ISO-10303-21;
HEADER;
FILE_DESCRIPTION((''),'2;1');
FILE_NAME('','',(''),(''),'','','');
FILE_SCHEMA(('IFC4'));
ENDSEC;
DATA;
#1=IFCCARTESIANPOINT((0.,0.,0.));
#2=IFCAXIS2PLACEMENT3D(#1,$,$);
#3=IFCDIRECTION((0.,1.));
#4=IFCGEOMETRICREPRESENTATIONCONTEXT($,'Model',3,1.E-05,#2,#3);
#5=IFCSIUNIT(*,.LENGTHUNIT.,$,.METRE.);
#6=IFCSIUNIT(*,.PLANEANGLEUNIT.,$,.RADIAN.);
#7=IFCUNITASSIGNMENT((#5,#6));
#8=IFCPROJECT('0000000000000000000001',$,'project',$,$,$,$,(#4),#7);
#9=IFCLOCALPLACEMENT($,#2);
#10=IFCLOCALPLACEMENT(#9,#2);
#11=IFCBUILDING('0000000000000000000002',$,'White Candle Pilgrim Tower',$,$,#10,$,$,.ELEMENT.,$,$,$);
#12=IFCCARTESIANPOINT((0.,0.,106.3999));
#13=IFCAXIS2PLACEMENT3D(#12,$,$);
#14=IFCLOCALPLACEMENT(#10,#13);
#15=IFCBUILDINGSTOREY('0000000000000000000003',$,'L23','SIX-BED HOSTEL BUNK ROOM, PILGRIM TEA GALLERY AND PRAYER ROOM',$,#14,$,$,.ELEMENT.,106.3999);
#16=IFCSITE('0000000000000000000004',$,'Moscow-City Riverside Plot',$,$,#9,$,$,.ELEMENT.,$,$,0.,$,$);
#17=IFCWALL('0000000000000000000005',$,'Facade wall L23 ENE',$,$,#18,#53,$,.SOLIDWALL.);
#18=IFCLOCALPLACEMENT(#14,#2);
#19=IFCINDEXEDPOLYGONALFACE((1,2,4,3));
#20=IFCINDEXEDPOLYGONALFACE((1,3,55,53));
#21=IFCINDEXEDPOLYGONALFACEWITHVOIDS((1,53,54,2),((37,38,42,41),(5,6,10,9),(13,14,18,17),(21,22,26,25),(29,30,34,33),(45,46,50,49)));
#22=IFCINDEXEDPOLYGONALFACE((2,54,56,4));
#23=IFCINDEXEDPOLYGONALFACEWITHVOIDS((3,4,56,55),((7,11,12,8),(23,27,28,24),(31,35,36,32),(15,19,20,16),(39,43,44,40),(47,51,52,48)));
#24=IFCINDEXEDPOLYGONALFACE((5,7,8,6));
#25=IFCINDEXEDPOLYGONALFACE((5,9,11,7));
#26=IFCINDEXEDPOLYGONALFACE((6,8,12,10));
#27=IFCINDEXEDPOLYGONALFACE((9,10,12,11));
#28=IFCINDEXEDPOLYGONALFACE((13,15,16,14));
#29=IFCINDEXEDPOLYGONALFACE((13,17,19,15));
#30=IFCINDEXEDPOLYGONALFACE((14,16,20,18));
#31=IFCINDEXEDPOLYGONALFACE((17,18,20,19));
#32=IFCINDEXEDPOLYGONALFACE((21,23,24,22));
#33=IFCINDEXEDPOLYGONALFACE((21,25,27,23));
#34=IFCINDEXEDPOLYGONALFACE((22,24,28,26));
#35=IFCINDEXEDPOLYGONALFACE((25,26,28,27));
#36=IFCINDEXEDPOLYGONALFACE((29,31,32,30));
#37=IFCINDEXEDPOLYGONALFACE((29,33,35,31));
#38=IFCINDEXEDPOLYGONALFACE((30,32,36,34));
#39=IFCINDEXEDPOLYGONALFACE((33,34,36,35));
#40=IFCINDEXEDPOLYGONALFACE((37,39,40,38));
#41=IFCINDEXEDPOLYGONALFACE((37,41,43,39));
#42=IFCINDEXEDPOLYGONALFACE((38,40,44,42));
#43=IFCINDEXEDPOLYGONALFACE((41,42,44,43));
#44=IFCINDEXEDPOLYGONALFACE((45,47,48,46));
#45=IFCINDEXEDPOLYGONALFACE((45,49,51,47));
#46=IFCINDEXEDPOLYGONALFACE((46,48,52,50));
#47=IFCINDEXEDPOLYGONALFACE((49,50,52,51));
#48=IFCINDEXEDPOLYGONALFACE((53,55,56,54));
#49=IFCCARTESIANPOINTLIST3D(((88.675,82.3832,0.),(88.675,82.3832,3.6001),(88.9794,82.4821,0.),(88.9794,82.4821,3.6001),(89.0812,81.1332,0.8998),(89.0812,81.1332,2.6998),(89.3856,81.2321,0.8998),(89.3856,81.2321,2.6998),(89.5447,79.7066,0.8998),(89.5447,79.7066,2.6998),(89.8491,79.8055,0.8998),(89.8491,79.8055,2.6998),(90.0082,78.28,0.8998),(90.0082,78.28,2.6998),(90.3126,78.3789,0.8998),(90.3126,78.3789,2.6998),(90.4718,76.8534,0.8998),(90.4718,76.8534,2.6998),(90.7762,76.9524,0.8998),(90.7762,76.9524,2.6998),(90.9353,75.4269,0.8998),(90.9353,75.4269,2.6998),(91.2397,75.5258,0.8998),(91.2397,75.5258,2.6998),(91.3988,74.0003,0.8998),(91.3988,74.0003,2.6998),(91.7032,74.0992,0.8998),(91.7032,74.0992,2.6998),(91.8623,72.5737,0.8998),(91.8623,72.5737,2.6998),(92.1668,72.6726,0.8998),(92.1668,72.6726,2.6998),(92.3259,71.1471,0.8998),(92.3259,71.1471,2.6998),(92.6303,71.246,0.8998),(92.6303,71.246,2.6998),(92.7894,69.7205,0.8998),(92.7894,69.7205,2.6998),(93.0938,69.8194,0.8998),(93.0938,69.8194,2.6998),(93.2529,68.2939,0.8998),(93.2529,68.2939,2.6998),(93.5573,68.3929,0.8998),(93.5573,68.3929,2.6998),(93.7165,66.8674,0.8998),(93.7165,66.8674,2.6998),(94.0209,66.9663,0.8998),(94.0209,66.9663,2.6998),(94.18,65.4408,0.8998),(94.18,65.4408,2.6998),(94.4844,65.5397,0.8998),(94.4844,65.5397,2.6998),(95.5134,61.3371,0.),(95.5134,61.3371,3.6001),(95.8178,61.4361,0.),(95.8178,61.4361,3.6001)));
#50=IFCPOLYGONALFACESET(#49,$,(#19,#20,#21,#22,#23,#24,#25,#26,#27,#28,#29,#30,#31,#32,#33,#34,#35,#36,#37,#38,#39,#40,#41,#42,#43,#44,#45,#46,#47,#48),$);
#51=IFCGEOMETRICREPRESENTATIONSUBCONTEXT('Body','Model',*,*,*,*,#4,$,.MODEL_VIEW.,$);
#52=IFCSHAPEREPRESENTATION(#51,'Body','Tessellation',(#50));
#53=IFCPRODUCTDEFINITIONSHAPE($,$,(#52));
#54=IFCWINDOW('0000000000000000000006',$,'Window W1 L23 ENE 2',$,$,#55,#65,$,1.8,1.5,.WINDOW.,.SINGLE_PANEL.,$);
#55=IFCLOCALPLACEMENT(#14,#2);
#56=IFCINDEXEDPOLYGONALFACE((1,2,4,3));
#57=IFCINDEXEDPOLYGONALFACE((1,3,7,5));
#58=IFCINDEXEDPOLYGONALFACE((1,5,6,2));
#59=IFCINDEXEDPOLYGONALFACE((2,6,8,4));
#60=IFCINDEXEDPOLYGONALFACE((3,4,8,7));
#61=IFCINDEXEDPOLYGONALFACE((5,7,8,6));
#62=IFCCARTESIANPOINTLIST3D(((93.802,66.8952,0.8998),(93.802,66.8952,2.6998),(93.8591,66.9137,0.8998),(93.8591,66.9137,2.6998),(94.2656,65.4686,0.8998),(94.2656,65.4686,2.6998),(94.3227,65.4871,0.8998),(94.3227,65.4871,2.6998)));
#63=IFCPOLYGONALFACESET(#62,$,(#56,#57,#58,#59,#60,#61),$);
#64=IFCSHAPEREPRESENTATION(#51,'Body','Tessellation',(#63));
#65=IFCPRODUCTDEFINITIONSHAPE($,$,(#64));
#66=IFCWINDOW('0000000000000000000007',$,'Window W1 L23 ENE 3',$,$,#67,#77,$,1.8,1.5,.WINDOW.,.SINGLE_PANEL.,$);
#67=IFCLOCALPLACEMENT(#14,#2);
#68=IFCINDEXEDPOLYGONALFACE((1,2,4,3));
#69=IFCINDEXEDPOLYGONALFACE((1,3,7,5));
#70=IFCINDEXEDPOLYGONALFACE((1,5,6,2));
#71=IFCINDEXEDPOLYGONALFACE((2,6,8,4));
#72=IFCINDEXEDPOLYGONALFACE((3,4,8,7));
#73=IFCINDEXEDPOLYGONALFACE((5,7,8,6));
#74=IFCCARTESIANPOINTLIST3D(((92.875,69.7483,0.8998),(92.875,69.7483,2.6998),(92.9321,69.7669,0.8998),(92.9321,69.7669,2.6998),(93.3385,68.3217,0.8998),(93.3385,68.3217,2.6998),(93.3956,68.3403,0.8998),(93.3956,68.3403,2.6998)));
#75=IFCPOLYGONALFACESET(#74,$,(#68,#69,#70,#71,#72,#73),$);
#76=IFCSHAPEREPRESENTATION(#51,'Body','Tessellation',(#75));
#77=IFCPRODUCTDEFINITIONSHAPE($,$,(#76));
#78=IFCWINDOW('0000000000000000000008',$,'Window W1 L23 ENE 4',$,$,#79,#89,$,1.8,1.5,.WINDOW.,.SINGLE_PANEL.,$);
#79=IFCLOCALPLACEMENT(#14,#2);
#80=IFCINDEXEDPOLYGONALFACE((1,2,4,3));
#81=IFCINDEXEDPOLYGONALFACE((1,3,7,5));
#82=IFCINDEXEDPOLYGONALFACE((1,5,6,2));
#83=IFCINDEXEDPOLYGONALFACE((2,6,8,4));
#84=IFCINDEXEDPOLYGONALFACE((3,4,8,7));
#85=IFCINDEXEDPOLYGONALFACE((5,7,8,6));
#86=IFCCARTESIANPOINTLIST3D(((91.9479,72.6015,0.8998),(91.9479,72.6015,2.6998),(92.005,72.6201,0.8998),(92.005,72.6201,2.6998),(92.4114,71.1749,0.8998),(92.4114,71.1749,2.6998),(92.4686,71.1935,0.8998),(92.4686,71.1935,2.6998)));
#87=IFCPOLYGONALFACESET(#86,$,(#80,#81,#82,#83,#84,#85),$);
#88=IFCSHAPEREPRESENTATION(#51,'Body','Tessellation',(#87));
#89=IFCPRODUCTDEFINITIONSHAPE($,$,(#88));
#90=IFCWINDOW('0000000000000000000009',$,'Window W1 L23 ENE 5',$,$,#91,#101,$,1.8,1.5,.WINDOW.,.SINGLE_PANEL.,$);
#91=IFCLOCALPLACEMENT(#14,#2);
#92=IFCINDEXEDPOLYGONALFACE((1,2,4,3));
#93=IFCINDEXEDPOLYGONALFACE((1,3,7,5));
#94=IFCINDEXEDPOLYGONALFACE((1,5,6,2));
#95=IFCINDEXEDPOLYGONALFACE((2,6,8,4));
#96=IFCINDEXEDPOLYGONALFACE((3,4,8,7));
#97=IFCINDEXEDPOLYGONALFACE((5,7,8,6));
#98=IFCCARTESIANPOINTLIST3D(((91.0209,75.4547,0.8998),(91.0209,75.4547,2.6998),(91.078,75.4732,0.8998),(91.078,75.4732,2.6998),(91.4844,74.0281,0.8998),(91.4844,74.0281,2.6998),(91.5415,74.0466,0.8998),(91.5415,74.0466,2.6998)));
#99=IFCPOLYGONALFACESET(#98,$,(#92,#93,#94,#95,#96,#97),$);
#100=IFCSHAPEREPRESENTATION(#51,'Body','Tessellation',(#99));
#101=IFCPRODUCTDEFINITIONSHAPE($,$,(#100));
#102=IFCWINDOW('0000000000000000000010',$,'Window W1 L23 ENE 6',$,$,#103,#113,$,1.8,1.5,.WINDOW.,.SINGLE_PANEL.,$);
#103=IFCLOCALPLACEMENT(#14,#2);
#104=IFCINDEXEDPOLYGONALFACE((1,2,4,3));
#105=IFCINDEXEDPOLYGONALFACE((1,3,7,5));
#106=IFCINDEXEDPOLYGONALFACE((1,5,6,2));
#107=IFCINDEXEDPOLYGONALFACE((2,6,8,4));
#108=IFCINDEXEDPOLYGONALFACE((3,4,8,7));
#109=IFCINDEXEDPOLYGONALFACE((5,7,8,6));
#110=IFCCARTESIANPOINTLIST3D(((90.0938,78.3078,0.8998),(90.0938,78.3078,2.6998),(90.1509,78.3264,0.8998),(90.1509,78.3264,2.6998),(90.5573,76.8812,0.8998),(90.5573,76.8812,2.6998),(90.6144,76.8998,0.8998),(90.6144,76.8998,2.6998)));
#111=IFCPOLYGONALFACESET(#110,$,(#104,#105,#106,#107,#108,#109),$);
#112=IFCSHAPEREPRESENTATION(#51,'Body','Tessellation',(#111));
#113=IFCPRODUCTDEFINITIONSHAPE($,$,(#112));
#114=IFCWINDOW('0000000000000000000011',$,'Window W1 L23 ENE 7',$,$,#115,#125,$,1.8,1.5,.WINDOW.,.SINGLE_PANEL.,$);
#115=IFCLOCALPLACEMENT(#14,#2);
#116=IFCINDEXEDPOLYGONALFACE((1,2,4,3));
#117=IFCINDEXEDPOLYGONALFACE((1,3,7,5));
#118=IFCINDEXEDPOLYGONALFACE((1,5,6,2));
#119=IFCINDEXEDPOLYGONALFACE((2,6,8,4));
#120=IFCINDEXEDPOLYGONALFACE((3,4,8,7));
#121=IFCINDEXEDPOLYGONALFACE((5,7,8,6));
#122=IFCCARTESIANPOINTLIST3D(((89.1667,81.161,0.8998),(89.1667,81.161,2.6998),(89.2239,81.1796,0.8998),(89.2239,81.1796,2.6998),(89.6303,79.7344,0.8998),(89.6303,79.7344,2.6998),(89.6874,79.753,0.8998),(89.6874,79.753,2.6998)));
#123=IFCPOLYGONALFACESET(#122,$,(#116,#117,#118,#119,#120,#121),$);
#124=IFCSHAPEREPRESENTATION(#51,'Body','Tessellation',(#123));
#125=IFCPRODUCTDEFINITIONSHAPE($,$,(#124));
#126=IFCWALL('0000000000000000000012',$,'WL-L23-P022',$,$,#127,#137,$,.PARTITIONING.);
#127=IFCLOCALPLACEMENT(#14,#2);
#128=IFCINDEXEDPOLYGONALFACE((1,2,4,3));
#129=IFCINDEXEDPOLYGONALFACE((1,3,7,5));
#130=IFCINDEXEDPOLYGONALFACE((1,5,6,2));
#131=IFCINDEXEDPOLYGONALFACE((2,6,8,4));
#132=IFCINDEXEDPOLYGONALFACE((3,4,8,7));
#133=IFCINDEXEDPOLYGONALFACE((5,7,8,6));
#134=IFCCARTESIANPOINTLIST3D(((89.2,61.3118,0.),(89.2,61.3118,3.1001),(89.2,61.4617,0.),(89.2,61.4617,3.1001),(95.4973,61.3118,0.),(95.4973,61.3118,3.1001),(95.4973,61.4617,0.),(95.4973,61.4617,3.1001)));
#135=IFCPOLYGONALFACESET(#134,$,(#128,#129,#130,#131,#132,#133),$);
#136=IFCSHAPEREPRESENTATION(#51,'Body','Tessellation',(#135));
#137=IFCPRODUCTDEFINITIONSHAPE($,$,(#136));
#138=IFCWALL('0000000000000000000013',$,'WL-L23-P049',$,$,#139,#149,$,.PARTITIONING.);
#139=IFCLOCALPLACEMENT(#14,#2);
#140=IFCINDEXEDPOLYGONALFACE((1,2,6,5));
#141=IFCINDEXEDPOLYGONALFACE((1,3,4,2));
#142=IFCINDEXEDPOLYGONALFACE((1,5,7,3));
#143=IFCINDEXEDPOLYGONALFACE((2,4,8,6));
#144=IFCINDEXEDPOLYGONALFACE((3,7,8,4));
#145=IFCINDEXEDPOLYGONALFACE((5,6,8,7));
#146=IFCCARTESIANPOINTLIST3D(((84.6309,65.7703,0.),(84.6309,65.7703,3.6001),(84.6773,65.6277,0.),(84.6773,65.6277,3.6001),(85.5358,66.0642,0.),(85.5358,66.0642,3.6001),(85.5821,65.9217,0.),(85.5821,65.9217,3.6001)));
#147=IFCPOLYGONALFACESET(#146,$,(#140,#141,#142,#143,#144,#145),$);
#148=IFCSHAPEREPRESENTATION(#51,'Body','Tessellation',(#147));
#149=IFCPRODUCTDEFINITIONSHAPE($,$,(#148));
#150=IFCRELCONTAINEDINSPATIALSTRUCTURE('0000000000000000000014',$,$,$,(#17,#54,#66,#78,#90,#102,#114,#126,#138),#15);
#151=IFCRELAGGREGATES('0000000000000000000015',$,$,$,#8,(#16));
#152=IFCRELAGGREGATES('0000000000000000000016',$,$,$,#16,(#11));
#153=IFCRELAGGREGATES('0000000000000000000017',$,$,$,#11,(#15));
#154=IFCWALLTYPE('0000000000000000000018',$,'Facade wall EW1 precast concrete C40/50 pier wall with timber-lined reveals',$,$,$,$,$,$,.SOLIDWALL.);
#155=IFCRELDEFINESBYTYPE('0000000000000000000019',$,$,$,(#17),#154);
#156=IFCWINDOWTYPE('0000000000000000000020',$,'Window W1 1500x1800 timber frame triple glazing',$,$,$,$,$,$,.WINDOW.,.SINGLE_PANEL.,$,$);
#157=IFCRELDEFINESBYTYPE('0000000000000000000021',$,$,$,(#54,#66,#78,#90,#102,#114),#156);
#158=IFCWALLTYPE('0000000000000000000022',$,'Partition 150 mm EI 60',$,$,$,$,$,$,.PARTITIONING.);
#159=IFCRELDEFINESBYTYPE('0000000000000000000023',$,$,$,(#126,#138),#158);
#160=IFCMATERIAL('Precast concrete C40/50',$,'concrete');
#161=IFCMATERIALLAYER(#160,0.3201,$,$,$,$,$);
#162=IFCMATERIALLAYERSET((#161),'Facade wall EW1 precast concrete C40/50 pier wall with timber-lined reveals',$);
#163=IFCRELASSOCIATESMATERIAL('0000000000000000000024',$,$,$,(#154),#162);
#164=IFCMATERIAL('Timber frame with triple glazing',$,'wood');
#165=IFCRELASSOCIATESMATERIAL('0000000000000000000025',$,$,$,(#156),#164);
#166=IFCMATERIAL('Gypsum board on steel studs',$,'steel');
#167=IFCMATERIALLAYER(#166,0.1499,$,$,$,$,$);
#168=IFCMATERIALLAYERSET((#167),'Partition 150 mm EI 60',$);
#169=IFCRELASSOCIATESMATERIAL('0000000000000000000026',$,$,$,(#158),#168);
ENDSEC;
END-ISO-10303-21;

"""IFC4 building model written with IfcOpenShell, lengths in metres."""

from ifc_helpers import new_model, si_unit, direction, frame, frame_2d, origin, place, context, subcontext, project, spatial, rectangle, extrude, material, layer, layer_set, type_object, element, fill, save


model = new_model("IFC4")

# Units and contexts
model_context = context("Model", 3, precision=1e-05, world=origin(), true_north=direction((0.0, 1.0)))
body_context = subcontext(model_context, "Body", "Model", "MODEL_VIEW")
ifc_project = project(units=[si_unit("LENGTHUNIT", "METRE"), si_unit("PLANEANGLEUNIT", "RADIAN")], contexts=[model_context])

# Site, building, storey
site_placement = place(None, origin())
site = spatial("IfcSite", under=ifc_project, at=site_placement, Name="Moscow-City Riverside Plot", CompositionType="ELEMENT", RefElevation=0.0)
building_placement = place(site_placement, origin())
building = spatial("IfcBuilding", under=site, at=building_placement, Name="White Candle Pilgrim Tower", CompositionType="ELEMENT")
storey_placement = place(building_placement, frame((0.0, 0.0, 106.3999)))
storey = spatial("IfcBuildingStorey", under=building, at=storey_placement, Name="L23", Description="SIX-BED HOSTEL BUNK ROOM, PILGRIM TEA GALLERY AND PRAYER ROOM", CompositionType="ELEMENT", Elevation=106.3999)

# Shared definitions
ifc_material_1 = material(Name="Gypsum board on steel studs", Category="steel")

# Wall, openings, windows
ifc_material_2 = material(Name="Precast concrete C40/50", Category="concrete")
ifc_layer_1 = layer(ifc_material_2, 0.3201)
ifc_layer_set_1 = layer_set([ifc_layer_1], Name="Facade wall EW1 precast concrete C40/50 pier wall with timber-lined reveals")
wall_type_1 = type_object("IfcWallType", Name="Facade wall EW1 precast concrete C40/50 pier wall with timber-lined reveals", PredefinedType="SOLIDWALL", material=ifc_layer_set_1)
wall_1_placement = place(storey_placement, frame((95.6655, 61.3867, 0.0), z_axis=(0.0, 0.0, 1.0), x_axis=(-0.30902, 0.951056, 0.0)))
wall_1 = element("IfcWall", 1, at=wall_1_placement, inside=storey, type_object=wall_type_1, Name="Facade wall L23 ENE", PredefinedType="SOLIDWALL", context=body_context, shape_type="SweptSolid", body=[
    extrude(rectangle(XDim=22.1292, YDim=0.3201, at=frame_2d((11.0645, 0.0))), origin(), (0.0, 0.0, 1.0), 3.6001),
])
opening_1_placement = place(wall_1_placement, frame((4.3147, 0.0, 0.8999)))
opening_1 = element("IfcOpeningElement", 2, at=opening_1_placement, cuts=wall_1, PredefinedType="OPENING", context=body_context, shape_type="SweptSolid", body=[
    extrude(rectangle(XDim=1.5, YDim=1.8, at=frame_2d((0.75, 0.8999))), frame((0.0, 0.1699, 0.0), z_axis=(0.0, -1.0, 0.0), x_axis=(1.0, 0.0, 0.0)), (0.0, 0.0, 1.0), 0.3401),
])
opening_2_placement = place(wall_1_placement, frame((7.3147, 0.0, 0.8999)))
opening_2 = element("IfcOpeningElement", 3, at=opening_2_placement, cuts=wall_1, PredefinedType="OPENING", context=body_context, shape_type="SweptSolid", body=[
    extrude(rectangle(XDim=1.5, YDim=1.8, at=frame_2d((0.75, 0.8999))), frame((0.0, 0.1699, 0.0), z_axis=(0.0, -1.0, 0.0), x_axis=(1.0, 0.0, 0.0)), (0.0, 0.0, 1.0), 0.3401),
])
opening_3_placement = place(wall_1_placement, frame((10.3147, 0.0, 0.8999)))
opening_3 = element("IfcOpeningElement", 4, at=opening_3_placement, cuts=wall_1, PredefinedType="OPENING", context=body_context, shape_type="SweptSolid", body=[
    extrude(rectangle(XDim=1.5, YDim=1.8, at=frame_2d((0.75, 0.8999))), frame((0.0, 0.1699, 0.0), z_axis=(0.0, -1.0, 0.0), x_axis=(1.0, 0.0, 0.0)), (0.0, 0.0, 1.0), 0.3401),
])
opening_4_placement = place(wall_1_placement, frame((13.3147, 0.0, 0.8999)))
opening_4 = element("IfcOpeningElement", 5, at=opening_4_placement, cuts=wall_1, PredefinedType="OPENING", context=body_context, shape_type="SweptSolid", body=[
    extrude(rectangle(XDim=1.5, YDim=1.8, at=frame_2d((0.75, 0.8999))), frame((0.0, 0.1699, 0.0), z_axis=(0.0, -1.0, 0.0), x_axis=(1.0, 0.0, 0.0)), (0.0, 0.0, 1.0), 0.3401),
])
opening_5_placement = place(wall_1_placement, frame((16.3147, 0.0, 0.8999)))
opening_5 = element("IfcOpeningElement", 6, at=opening_5_placement, cuts=wall_1, PredefinedType="OPENING", context=body_context, shape_type="SweptSolid", body=[
    extrude(rectangle(XDim=1.5, YDim=1.8, at=frame_2d((0.75, 0.8999))), frame((0.0, 0.1699, 0.0), z_axis=(0.0, -1.0, 0.0), x_axis=(1.0, 0.0, 0.0)), (0.0, 0.0, 1.0), 0.3401),
])
opening_6_placement = place(wall_1_placement, frame((19.3147, 0.0, 0.8999)))
opening_6 = element("IfcOpeningElement", 7, at=opening_6_placement, cuts=wall_1, PredefinedType="OPENING", context=body_context, shape_type="SweptSolid", body=[
    extrude(rectangle(XDim=1.5, YDim=1.8, at=frame_2d((0.75, 0.8999))), frame((0.0, 0.1699, 0.0), z_axis=(0.0, -1.0, 0.0), x_axis=(1.0, 0.0, 0.0)), (0.0, 0.0, 1.0), 0.3401),
])
ifc_material_3 = material(Name="Timber frame with triple glazing", Category="wood")
window_type = type_object("IfcWindowType", Name="Window W1 1500x1800 timber frame triple glazing", PartitioningType="SINGLE_PANEL", PredefinedType="WINDOW", material=ifc_material_3)
window_1_placement = place(opening_1_placement, origin())
window_1 = element("IfcWindow", 8, at=window_1_placement, inside=storey, type_object=window_type, Name="Window W1 L23 ENE 2", OverallHeight=1.8, OverallWidth=1.5, PartitioningType="SINGLE_PANEL", PredefinedType="WINDOW", context=body_context, shape_type="SweptSolid", body=[
    extrude(rectangle(XDim=1.5, YDim=1.8, at=frame_2d((0.75, 0.8999))), frame((0.0, 0.0701, 0.0), z_axis=(0.0, -1.0, 0.0), x_axis=(1.0, 0.0, 0.0)), (0.0, 0.0, 1.0), 0.0601),
])
fill(opening_1, window_1)
window_2_placement = place(opening_2_placement, origin())
window_2 = element("IfcWindow", 9, at=window_2_placement, inside=storey, type_object=window_type, Name="Window W1 L23 ENE 3", OverallHeight=1.8, OverallWidth=1.5, PartitioningType="SINGLE_PANEL", PredefinedType="WINDOW", context=body_context, shape_type="SweptSolid", body=[
    extrude(rectangle(XDim=1.5, YDim=1.8, at=frame_2d((0.75, 0.8999))), frame((0.0, 0.0701, 0.0), z_axis=(0.0, -1.0, 0.0), x_axis=(1.0, 0.0, 0.0)), (0.0, 0.0, 1.0), 0.0601),
])
fill(opening_2, window_2)
window_3_placement = place(opening_3_placement, origin())
window_3 = element("IfcWindow", 10, at=window_3_placement, inside=storey, type_object=window_type, Name="Window W1 L23 ENE 4", OverallHeight=1.8, OverallWidth=1.5, PartitioningType="SINGLE_PANEL", PredefinedType="WINDOW", context=body_context, shape_type="SweptSolid", body=[
    extrude(rectangle(XDim=1.5, YDim=1.8, at=frame_2d((0.75, 0.8999))), frame((0.0, 0.0701, 0.0), z_axis=(0.0, -1.0, 0.0), x_axis=(1.0, 0.0, 0.0)), (0.0, 0.0, 1.0), 0.0601),
])
fill(opening_3, window_3)
window_4_placement = place(opening_4_placement, origin())
window_4 = element("IfcWindow", 11, at=window_4_placement, inside=storey, type_object=window_type, Name="Window W1 L23 ENE 5", OverallHeight=1.8, OverallWidth=1.5, PartitioningType="SINGLE_PANEL", PredefinedType="WINDOW", context=body_context, shape_type="SweptSolid", body=[
    extrude(rectangle(XDim=1.5, YDim=1.8, at=frame_2d((0.75, 0.8999))), frame((0.0, 0.0701, 0.0), z_axis=(0.0, -1.0, 0.0), x_axis=(1.0, 0.0, 0.0)), (0.0, 0.0, 1.0), 0.0601),
])
fill(opening_4, window_4)
window_5_placement = place(opening_5_placement, origin())
window_5 = element("IfcWindow", 12, at=window_5_placement, inside=storey, type_object=window_type, Name="Window W1 L23 ENE 6", OverallHeight=1.8, OverallWidth=1.5, PartitioningType="SINGLE_PANEL", PredefinedType="WINDOW", context=body_context, shape_type="SweptSolid", body=[
    extrude(rectangle(XDim=1.5, YDim=1.8, at=frame_2d((0.75, 0.8999))), frame((0.0, 0.0701, 0.0), z_axis=(0.0, -1.0, 0.0), x_axis=(1.0, 0.0, 0.0)), (0.0, 0.0, 1.0), 0.0601),
])
fill(opening_5, window_5)
window_6_placement = place(opening_6_placement, origin())
window_6 = element("IfcWindow", 13, at=window_6_placement, inside=storey, type_object=window_type, Name="Window W1 L23 ENE 7", OverallHeight=1.8, OverallWidth=1.5, PartitioningType="SINGLE_PANEL", PredefinedType="WINDOW", context=body_context, shape_type="SweptSolid", body=[
    extrude(rectangle(XDim=1.5, YDim=1.8, at=frame_2d((0.75, 0.8999))), frame((0.0, 0.0701, 0.0), z_axis=(0.0, -1.0, 0.0), x_axis=(1.0, 0.0, 0.0)), (0.0, 0.0, 1.0), 0.0601),
])
fill(opening_6, window_6)

# Walls
ifc_layer_2 = layer(ifc_material_1, 0.1499)
ifc_layer_set_2 = layer_set([ifc_layer_2], Name="Partition 150 mm EI 60")
wall_type_2 = type_object("IfcWallType", Name="Partition 150 mm EI 60", PredefinedType="PARTITIONING", material=ifc_layer_set_2)
wall_2_placement = place(storey_placement, frame((95.4973, 61.3867, 0.0), z_axis=(0.0, 0.0, 1.0), x_axis=(-1.0, 0.0, 0.0)))
element("IfcWall", 14, at=wall_2_placement, inside=storey, type_object=wall_type_2, Name="WL-L23-P022", PredefinedType="PARTITIONING", context=body_context, shape_type="SweptSolid", body=[
    extrude(rectangle(XDim=6.2974, YDim=0.1499, at=frame_2d((3.1487, 0.0))), origin(), (0.0, 0.0, 1.0), 3.1001),
])
wall_3_placement = place(storey_placement, frame((85.5588, 65.9929, 0.0), z_axis=(0.0, 0.0, 1.0), x_axis=(-0.951068, -0.308982, 0.0)))
element("IfcWall", 15, at=wall_3_placement, inside=storey, type_object=wall_type_2, Name="WL-L23-P049", PredefinedType="PARTITIONING", context=body_context, shape_type="SweptSolid", body=[
    extrude(rectangle(XDim=0.9514, YDim=0.1499, at=frame_2d((0.4756, 0.0))), origin(), (0.0, 0.0, 1.0), 3.6001),
])

save(model, "model.ifc")
